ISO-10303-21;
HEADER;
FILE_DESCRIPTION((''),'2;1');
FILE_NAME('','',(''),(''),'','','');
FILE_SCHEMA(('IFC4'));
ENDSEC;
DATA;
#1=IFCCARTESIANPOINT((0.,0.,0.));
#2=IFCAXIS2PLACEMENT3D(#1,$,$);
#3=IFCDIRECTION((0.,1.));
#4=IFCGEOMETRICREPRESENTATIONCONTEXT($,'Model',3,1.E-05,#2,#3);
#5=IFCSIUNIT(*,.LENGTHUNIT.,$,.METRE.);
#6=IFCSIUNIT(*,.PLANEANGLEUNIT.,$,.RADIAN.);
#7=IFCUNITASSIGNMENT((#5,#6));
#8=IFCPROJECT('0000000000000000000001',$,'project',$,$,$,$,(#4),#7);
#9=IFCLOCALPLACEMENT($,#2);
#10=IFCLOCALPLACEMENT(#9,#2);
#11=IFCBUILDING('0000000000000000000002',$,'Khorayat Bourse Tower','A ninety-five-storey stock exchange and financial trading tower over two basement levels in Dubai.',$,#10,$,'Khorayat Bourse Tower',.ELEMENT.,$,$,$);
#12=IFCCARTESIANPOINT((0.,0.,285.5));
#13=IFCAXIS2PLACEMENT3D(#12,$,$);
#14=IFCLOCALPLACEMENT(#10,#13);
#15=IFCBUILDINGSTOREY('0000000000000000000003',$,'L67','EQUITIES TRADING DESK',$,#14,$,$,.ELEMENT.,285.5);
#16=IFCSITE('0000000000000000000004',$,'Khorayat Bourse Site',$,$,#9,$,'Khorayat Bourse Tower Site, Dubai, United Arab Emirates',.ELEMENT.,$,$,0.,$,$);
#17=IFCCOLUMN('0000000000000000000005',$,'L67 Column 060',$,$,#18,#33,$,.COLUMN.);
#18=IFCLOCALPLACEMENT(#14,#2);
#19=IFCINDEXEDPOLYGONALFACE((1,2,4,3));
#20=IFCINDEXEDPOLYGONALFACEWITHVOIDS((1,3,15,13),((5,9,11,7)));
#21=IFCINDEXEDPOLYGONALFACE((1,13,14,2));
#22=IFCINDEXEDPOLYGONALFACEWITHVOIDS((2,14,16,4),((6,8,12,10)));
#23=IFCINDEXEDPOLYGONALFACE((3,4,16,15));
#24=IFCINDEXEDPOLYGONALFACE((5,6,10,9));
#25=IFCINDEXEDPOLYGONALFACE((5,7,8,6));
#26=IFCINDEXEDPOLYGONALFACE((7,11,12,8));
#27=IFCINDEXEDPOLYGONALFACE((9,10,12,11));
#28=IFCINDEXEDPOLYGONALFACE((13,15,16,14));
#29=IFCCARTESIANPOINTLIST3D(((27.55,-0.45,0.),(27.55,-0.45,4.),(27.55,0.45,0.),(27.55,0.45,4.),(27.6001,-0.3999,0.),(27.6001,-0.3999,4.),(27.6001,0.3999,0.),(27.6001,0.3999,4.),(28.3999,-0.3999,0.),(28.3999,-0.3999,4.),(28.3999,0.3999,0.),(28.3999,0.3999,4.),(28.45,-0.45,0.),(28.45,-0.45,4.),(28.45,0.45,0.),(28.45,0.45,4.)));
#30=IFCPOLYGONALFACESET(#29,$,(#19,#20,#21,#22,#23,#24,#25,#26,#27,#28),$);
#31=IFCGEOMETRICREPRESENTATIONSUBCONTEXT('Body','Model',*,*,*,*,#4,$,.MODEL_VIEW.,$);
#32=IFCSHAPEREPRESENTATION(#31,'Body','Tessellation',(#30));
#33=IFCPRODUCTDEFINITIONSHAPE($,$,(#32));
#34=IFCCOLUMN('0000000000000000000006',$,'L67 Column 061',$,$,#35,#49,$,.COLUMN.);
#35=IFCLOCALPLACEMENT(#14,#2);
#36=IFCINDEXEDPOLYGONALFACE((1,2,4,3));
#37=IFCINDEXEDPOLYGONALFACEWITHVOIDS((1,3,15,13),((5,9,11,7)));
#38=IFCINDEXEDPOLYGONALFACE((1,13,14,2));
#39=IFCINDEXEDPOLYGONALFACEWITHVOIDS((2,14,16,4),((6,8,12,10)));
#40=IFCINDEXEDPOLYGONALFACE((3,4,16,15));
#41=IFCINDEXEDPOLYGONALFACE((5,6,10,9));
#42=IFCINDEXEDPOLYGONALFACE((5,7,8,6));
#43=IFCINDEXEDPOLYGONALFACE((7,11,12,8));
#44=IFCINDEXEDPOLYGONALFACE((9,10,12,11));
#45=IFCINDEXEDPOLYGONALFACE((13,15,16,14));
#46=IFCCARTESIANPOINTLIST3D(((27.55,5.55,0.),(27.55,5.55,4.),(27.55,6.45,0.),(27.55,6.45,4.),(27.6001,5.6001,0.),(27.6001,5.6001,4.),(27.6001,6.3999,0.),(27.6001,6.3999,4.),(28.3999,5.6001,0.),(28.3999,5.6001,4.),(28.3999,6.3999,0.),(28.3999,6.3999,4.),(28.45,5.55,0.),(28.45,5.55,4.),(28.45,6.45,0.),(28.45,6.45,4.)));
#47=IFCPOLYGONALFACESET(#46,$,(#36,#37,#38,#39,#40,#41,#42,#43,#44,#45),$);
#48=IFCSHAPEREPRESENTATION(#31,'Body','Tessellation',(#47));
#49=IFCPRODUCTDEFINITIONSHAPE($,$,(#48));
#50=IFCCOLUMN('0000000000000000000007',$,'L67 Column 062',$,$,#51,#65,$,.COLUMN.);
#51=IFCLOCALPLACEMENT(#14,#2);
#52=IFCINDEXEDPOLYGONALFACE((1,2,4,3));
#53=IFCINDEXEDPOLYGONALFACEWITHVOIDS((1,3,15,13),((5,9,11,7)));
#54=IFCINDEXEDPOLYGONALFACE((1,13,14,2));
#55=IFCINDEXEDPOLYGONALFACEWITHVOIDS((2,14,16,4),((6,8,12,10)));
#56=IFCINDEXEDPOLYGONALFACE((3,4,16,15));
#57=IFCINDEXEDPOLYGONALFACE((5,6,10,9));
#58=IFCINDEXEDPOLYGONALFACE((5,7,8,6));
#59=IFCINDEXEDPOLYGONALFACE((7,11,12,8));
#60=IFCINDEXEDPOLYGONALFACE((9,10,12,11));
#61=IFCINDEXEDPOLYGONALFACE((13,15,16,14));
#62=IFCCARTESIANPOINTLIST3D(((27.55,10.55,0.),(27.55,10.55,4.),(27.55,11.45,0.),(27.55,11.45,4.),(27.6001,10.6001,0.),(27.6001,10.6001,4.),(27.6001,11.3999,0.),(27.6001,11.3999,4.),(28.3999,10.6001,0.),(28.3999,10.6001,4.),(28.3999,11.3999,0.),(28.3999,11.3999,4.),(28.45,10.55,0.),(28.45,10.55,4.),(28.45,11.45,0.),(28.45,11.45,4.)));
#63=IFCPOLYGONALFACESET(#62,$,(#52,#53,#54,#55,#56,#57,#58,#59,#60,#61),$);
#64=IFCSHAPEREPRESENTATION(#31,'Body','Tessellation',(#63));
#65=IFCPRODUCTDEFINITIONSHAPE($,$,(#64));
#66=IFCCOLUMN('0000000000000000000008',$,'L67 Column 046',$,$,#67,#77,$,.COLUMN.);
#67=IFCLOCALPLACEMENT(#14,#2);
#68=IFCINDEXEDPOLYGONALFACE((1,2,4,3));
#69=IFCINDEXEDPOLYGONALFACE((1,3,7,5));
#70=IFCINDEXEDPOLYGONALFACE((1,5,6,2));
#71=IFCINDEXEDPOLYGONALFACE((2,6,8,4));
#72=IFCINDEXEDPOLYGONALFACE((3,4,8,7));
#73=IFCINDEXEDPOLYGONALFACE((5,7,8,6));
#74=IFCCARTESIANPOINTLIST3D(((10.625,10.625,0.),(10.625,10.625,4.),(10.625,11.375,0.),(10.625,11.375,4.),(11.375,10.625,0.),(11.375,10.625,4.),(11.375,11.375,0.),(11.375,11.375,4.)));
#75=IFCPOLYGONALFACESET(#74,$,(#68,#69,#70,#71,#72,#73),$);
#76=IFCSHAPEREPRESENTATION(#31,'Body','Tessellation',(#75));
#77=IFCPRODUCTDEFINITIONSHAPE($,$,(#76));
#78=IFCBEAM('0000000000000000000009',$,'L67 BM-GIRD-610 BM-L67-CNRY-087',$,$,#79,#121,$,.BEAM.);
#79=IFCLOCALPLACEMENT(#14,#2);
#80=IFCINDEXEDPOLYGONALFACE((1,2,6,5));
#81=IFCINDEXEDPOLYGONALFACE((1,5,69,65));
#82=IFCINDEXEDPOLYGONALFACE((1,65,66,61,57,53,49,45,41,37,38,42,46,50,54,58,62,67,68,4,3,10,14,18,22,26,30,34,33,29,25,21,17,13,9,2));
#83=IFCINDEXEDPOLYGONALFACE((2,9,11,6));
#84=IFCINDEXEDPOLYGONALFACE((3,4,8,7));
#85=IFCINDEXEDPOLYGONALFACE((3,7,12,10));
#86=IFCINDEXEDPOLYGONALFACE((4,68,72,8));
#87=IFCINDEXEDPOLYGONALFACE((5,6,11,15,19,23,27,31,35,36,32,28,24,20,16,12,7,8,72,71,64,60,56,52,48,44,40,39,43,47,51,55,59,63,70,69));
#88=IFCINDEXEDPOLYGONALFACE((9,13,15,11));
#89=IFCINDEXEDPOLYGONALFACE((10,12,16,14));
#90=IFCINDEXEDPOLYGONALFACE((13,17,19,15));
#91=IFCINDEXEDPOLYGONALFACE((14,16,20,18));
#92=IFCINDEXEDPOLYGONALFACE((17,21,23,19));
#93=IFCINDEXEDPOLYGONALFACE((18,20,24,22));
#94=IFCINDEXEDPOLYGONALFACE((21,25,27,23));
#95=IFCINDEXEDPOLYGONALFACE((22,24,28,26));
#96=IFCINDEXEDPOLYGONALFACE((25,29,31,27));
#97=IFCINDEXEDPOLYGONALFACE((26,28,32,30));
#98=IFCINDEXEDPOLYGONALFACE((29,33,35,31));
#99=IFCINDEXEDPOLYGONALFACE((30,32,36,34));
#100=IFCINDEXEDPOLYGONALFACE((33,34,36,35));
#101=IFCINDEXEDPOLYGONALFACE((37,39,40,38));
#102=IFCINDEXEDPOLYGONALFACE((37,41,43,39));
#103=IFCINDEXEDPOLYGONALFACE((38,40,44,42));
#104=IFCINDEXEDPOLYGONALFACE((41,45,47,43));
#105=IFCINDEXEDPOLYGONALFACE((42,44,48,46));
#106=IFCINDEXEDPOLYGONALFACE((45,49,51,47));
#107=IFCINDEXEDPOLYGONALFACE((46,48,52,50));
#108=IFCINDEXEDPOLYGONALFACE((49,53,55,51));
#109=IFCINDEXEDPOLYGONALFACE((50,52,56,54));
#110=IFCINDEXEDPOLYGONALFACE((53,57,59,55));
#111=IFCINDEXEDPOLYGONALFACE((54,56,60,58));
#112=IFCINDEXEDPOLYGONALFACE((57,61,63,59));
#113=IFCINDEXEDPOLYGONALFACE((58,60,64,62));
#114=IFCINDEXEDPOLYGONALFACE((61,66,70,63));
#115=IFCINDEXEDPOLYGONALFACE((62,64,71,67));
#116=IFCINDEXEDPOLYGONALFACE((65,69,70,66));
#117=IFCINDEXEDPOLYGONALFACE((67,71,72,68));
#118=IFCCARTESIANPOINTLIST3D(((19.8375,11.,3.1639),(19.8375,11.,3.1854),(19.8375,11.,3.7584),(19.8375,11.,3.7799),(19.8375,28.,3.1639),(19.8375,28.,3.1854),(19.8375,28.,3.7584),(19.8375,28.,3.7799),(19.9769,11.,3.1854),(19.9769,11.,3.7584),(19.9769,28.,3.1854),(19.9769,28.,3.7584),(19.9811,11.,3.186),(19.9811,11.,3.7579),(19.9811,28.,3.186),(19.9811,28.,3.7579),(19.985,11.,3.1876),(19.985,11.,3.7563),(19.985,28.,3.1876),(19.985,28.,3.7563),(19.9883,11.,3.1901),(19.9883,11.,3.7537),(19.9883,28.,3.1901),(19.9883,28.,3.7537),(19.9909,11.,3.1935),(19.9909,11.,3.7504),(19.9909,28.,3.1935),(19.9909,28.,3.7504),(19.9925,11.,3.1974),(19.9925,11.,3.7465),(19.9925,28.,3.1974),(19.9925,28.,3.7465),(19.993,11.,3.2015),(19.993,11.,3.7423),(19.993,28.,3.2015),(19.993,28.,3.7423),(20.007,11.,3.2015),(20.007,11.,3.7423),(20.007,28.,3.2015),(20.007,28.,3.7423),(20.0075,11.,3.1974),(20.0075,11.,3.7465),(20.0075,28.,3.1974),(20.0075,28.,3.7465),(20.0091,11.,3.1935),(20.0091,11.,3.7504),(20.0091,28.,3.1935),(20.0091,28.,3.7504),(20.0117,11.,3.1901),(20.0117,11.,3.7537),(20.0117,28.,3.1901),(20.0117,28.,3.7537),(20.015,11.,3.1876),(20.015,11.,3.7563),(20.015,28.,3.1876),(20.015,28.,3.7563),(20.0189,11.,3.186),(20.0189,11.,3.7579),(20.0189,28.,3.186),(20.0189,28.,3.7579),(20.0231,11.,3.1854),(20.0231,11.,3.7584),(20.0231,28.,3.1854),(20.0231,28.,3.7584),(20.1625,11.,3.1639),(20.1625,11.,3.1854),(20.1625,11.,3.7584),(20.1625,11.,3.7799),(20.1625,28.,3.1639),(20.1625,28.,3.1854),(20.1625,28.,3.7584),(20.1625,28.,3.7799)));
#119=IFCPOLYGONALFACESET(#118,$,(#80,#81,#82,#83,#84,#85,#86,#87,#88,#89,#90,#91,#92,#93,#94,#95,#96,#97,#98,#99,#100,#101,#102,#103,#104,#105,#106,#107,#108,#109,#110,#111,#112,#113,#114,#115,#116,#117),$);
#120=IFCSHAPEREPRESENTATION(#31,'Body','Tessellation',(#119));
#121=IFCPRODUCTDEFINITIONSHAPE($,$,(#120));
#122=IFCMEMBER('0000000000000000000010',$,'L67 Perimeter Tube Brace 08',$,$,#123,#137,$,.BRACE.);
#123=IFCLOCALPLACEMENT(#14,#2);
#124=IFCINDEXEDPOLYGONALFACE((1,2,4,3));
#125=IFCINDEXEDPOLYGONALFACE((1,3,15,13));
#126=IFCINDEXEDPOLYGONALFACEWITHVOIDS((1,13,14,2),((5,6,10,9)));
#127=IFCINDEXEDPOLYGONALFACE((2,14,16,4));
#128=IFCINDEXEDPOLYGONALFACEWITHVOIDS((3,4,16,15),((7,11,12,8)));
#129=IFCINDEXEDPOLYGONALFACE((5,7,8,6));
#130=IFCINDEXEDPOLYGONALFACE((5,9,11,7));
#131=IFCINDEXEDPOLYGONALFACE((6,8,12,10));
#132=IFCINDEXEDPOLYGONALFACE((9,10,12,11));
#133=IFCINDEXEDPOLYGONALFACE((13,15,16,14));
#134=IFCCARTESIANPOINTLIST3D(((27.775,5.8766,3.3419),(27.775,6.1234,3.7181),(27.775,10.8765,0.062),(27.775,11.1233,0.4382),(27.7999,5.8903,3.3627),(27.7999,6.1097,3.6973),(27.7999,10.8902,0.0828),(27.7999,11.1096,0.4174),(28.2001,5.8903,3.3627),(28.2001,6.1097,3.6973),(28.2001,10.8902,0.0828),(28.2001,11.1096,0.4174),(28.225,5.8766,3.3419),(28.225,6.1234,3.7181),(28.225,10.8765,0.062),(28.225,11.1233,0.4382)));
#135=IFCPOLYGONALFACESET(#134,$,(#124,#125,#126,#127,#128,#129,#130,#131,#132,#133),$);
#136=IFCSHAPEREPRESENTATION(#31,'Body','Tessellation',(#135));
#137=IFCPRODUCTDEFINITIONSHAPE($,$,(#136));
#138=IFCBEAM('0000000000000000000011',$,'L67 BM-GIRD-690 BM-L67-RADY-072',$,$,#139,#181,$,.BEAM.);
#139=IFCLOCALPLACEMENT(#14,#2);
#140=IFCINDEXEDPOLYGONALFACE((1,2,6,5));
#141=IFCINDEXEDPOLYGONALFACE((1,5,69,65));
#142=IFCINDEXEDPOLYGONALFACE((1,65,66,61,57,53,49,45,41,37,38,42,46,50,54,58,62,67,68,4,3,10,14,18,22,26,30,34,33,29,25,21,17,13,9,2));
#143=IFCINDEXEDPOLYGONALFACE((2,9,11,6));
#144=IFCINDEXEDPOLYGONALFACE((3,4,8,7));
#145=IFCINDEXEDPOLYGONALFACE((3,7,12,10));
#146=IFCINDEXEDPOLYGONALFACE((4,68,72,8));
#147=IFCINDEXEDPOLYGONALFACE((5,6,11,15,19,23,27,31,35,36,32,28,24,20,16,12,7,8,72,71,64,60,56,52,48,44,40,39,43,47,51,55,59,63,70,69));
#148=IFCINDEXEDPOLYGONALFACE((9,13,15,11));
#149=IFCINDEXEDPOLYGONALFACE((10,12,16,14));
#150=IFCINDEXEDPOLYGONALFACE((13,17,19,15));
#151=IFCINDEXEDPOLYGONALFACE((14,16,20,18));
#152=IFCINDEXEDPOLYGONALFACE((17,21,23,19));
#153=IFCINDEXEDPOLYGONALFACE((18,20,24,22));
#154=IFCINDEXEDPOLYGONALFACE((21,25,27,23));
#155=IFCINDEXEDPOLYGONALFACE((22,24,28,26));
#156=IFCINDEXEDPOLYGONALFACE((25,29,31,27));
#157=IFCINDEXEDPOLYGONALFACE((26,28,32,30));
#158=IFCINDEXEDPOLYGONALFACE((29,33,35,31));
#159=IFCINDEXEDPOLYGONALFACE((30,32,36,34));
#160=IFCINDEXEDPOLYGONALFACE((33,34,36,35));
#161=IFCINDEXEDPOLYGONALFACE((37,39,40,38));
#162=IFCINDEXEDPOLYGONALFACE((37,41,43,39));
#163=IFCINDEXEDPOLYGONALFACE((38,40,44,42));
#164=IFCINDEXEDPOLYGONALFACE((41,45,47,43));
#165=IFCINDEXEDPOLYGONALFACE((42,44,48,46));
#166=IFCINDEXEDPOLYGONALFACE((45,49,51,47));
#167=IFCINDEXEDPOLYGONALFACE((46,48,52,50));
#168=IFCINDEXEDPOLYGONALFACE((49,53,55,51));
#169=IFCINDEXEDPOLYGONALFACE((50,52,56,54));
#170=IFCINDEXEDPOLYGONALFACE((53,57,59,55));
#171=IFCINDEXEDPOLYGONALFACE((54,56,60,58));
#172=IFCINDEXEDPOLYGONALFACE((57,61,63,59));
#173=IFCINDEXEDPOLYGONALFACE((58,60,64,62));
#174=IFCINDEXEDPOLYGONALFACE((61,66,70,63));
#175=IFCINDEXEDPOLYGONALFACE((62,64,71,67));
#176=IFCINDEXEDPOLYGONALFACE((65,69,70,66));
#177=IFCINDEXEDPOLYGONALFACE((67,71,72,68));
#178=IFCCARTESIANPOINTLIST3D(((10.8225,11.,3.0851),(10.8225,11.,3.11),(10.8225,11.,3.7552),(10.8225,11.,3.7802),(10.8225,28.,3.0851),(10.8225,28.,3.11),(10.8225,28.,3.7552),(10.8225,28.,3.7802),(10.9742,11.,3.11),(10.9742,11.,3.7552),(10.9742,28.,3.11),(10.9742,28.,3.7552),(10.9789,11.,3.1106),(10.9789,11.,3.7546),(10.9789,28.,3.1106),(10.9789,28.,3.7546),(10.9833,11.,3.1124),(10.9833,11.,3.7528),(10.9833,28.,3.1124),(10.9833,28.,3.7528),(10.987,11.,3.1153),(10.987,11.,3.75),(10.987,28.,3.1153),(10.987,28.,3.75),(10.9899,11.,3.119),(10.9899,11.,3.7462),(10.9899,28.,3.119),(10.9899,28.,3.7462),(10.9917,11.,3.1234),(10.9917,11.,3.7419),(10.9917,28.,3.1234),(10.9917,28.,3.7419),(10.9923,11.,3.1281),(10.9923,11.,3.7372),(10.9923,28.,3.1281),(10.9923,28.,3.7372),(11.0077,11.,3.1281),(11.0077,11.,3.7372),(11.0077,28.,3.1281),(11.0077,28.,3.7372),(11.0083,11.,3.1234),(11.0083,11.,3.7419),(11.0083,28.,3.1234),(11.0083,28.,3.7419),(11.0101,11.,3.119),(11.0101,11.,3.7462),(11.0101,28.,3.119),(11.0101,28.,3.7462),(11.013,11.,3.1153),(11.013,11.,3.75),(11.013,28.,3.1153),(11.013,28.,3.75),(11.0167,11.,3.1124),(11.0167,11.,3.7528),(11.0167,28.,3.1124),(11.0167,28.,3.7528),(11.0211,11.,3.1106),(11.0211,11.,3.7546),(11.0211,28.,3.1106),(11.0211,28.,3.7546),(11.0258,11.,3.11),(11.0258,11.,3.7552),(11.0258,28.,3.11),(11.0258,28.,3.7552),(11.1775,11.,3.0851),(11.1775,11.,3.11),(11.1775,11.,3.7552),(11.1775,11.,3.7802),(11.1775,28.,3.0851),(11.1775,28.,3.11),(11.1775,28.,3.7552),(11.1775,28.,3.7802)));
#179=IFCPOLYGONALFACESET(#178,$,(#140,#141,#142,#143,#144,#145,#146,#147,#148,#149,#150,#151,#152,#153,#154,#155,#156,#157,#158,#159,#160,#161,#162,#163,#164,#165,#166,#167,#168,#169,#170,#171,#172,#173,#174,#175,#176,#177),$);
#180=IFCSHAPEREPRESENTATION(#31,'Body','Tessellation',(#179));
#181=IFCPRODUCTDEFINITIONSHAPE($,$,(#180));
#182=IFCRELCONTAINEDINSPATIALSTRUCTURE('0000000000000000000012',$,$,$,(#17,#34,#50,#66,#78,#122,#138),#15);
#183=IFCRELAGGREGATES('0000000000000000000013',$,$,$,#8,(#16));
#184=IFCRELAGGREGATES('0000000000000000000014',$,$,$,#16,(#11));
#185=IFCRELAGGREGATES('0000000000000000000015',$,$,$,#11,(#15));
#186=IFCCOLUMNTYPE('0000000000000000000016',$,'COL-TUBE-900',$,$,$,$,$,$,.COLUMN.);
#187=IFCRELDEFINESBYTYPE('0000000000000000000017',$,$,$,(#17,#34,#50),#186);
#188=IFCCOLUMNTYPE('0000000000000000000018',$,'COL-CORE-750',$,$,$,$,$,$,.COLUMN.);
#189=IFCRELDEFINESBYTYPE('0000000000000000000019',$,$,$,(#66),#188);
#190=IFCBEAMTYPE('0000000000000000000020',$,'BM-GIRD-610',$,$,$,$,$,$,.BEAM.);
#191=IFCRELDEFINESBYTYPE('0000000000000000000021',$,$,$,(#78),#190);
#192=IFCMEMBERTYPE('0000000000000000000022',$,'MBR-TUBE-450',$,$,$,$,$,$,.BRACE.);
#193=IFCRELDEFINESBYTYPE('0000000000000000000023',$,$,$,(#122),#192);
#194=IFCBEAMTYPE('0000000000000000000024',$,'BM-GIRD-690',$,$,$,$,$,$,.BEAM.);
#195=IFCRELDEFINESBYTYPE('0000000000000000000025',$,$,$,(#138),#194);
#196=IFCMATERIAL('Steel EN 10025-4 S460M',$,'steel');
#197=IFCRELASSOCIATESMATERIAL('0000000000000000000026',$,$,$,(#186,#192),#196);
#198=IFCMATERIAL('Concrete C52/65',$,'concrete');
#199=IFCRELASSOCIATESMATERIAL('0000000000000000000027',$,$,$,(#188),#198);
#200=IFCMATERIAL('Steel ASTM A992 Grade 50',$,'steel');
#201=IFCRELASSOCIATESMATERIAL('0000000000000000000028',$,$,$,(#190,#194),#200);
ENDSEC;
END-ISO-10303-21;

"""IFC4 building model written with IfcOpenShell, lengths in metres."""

from ifc_helpers import new_model, si_unit, direction, frame, origin, origin_2d, place, context, subcontext, project, spatial, rectangle, hollow_rectangle, i_section, extrude, source, transform, mapped, material, material_profile, profile_set, type_object, element, save


model = new_model("IFC4")

# Units and contexts
model_context = context("Model", 3, precision=1e-05, world=origin(), true_north=direction((0.0, 1.0)))
body_context = subcontext(model_context, "Body", "Model", "MODEL_VIEW")
ifc_project = project(units=[si_unit("LENGTHUNIT", "METRE"), si_unit("PLANEANGLEUNIT", "RADIAN")], contexts=[model_context])

# Site, building, storey
site_placement = place(None, origin())
site = spatial("IfcSite", under=ifc_project, at=site_placement, Name="Khorayat Bourse Site", LongName="Khorayat Bourse Tower Site, Dubai, United Arab Emirates", CompositionType="ELEMENT", RefElevation=0.0)
building_placement = place(site_placement, origin())
building = spatial("IfcBuilding", under=site, at=building_placement, Name="Khorayat Bourse Tower", Description="A ninety-five-storey stock exchange and financial trading tower over two basement levels in Dubai.", LongName="Khorayat Bourse Tower", CompositionType="ELEMENT")
storey_placement = place(building_placement, frame((0.0, 0.0, 285.5)))
storey = spatial("IfcBuildingStorey", under=building, at=storey_placement, Name="L67", Description="EQUITIES TRADING DESK", CompositionType="ELEMENT", Elevation=285.5)

# Columns
ifc_material_1 = material(Name="Steel EN 10025-4 S460M", Category="steel")
ifc_material_profile_1 = material_profile(ifc_material_1, hollow_rectangle(XDim=0.8999, YDim=0.8999, WallThickness=0.05, at=origin_2d()), Name="BOX 900x900x50")
ifc_profile_set_1 = profile_set([ifc_material_profile_1], Name="Steel EN 10025-4 S460M")
column_type_1 = type_object("IfcColumnType", Name="COL-TUBE-900", PredefinedType="COLUMN", material=ifc_profile_set_1)
shared_shape_1 = source(origin(), body_context, "Body", "SweptSolid", [
    extrude(hollow_rectangle(XDim=0.8999, YDim=0.8999, WallThickness=0.05, at=origin_2d()), origin(), (0.0, 0.0, 1.0), 4.0),
])
for number, where, z_axis, x_axis, name in (
    (1, (28.0, 0.0, 0.0), (0.0, 0.0, 1.0), (1.0, 0.0, 0.0), "L67 Column 060"),
    (2, (28.0, 6.0, 0.0), (0.0, 0.0, 1.0), (1.0, 0.0, 0.0), "L67 Column 061"),
    (3, (28.0, 11.0, 0.0), (0.0, 0.0, 1.0), (1.0, 0.0, 0.0), "L67 Column 062"),
):
    element("IfcColumn", number, at=place(storey_placement, frame(where, z_axis=z_axis, x_axis=x_axis)), inside=storey, type_object=column_type_1, Name=name, PredefinedType="COLUMN", context=body_context, shape_type="MappedRepresentation", body=[
        mapped(shared_shape_1, transform((0.0, 0.0, 0.0), scale=1.0)),
    ])
ifc_material_2 = material(Name="Concrete C52/65", Category="concrete")
ifc_material_profile_2 = material_profile(ifc_material_2, rectangle(XDim=0.75, YDim=0.75, at=origin_2d()), Name="RC 750x750")
ifc_profile_set_2 = profile_set([ifc_material_profile_2], Name="Concrete C52/65")
column_type_2 = type_object("IfcColumnType", Name="COL-CORE-750", PredefinedType="COLUMN", material=ifc_profile_set_2)
shared_shape_2 = source(origin(), body_context, "Body", "SweptSolid", [
    extrude(rectangle(XDim=0.75, YDim=0.75, at=origin_2d()), origin(), (0.0, 0.0, 1.0), 4.0),
])
column_placement = place(storey_placement, frame((11.0, 11.0, 0.0), z_axis=(0.0, 0.0, 1.0), x_axis=(1.0, 0.0, 0.0)))
element("IfcColumn", 4, at=column_placement, inside=storey, type_object=column_type_2, Name="L67 Column 046", PredefinedType="COLUMN", context=body_context, shape_type="MappedRepresentation", body=[
    mapped(shared_shape_2, transform((0.0, 0.0, 0.0), scale=1.0)),
])

# Beam
ifc_material_3 = material(Name="Steel ASTM A992 Grade 50", Category="steel")
ifc_material_profile_3 = material_profile(ifc_material_3, i_section(OverallWidth=0.325, OverallDepth=0.616, WebThickness=0.0139, FlangeThickness=0.0215, FilletRadius=0.0161, at=origin_2d()), Name="W610X174")
ifc_profile_set_3 = profile_set([ifc_material_profile_3], Name="Steel ASTM A992 Grade 50")
beam_type_1 = type_object("IfcBeamType", Name="BM-GIRD-610", PredefinedType="BEAM", material=ifc_profile_set_3)
shared_shape_3 = source(origin(), body_context, "Body", "SweptSolid", [
    extrude(i_section(OverallWidth=0.325, OverallDepth=0.616, WebThickness=0.0139, FlangeThickness=0.0215, FilletRadius=0.0161, at=origin_2d()), origin(), (0.0, 0.0, 1.0), 17.0),
])
beam_1_placement = place(storey_placement, frame((20.0, 11.0, 3.4719), z_axis=(0.0, 1.0, 0.0), x_axis=(-1.0, 0.0, 0.0)))
element("IfcBeam", 5, at=beam_1_placement, inside=storey, type_object=beam_type_1, Name="L67 BM-GIRD-610 BM-L67-CNRY-087", PredefinedType="BEAM", context=body_context, shape_type="MappedRepresentation", body=[
    mapped(shared_shape_3, transform((0.0, 0.0, 0.0), scale=1.0)),
])

# Member
ifc_material_profile_4 = material_profile(ifc_material_1, hollow_rectangle(XDim=0.45, YDim=0.45, WallThickness=0.0249, at=origin_2d()), Name="HSS 450x450x25")
ifc_profile_set_4 = profile_set([ifc_material_profile_4], Name="Steel EN 10025-4 S460M")
member_type_1 = type_object("IfcMemberType", Name="MBR-TUBE-450", PredefinedType="BRACE", material=ifc_profile_set_4)
shared_shape_4 = source(origin(), body_context, "Body", "SweptSolid", [
    extrude(hollow_rectangle(XDim=0.45, YDim=0.45, WallThickness=0.0249, at=origin_2d()), origin(), (0.0, 0.0, 1.0), 5.9797),
])
member_1_placement = place(storey_placement, frame((28.0, 6.0, 3.53), z_axis=(0.0, 0.836142, -0.548514), x_axis=(-1.0, 0.0, 0.0)))
element("IfcMember", 6, at=member_1_placement, inside=storey, type_object=member_type_1, Name="L67 Perimeter Tube Brace 08", PredefinedType="BRACE", context=body_context, shape_type="MappedRepresentation", body=[
    mapped(shared_shape_4, transform((0.0, 0.0, 0.0), scale=1.0)),
])

# Beam
ifc_material_profile_5 = material_profile(ifc_material_3, i_section(OverallWidth=0.355, OverallDepth=0.6951, WebThickness=0.0154, FlangeThickness=0.0249, FilletRadius=0.0181, at=origin_2d()), Name="W690X217")
ifc_profile_set_5 = profile_set([ifc_material_profile_5], Name="Steel ASTM A992 Grade 50")
beam_type_2 = type_object("IfcBeamType", Name="BM-GIRD-690", PredefinedType="BEAM", material=ifc_profile_set_5)
shared_shape_5 = source(origin(), body_context, "Body", "SweptSolid", [
    extrude(i_section(OverallWidth=0.355, OverallDepth=0.6951, WebThickness=0.0154, FlangeThickness=0.0249, FilletRadius=0.0181, at=origin_2d()), origin(), (0.0, 0.0, 1.0), 17.0),
])
for number, where, z_axis, x_axis, name in (
    (7, (11.0, 11.0, 3.4326), (0.0, 1.0, 0.0), (-1.0, 0.0, 0.0), "L67 BM-GIRD-690 BM-L67-RADY-072"),
):
    element("IfcBeam", number, at=place(storey_placement, frame(where, z_axis=z_axis, x_axis=x_axis)), inside=storey, type_object=beam_type_2, Name=name, PredefinedType="BEAM", context=body_context, shape_type="MappedRepresentation", body=[
        mapped(shared_shape_5, transform((0.0, 0.0, 0.0), scale=1.0)),
    ])

save(model, "model.ifc")
